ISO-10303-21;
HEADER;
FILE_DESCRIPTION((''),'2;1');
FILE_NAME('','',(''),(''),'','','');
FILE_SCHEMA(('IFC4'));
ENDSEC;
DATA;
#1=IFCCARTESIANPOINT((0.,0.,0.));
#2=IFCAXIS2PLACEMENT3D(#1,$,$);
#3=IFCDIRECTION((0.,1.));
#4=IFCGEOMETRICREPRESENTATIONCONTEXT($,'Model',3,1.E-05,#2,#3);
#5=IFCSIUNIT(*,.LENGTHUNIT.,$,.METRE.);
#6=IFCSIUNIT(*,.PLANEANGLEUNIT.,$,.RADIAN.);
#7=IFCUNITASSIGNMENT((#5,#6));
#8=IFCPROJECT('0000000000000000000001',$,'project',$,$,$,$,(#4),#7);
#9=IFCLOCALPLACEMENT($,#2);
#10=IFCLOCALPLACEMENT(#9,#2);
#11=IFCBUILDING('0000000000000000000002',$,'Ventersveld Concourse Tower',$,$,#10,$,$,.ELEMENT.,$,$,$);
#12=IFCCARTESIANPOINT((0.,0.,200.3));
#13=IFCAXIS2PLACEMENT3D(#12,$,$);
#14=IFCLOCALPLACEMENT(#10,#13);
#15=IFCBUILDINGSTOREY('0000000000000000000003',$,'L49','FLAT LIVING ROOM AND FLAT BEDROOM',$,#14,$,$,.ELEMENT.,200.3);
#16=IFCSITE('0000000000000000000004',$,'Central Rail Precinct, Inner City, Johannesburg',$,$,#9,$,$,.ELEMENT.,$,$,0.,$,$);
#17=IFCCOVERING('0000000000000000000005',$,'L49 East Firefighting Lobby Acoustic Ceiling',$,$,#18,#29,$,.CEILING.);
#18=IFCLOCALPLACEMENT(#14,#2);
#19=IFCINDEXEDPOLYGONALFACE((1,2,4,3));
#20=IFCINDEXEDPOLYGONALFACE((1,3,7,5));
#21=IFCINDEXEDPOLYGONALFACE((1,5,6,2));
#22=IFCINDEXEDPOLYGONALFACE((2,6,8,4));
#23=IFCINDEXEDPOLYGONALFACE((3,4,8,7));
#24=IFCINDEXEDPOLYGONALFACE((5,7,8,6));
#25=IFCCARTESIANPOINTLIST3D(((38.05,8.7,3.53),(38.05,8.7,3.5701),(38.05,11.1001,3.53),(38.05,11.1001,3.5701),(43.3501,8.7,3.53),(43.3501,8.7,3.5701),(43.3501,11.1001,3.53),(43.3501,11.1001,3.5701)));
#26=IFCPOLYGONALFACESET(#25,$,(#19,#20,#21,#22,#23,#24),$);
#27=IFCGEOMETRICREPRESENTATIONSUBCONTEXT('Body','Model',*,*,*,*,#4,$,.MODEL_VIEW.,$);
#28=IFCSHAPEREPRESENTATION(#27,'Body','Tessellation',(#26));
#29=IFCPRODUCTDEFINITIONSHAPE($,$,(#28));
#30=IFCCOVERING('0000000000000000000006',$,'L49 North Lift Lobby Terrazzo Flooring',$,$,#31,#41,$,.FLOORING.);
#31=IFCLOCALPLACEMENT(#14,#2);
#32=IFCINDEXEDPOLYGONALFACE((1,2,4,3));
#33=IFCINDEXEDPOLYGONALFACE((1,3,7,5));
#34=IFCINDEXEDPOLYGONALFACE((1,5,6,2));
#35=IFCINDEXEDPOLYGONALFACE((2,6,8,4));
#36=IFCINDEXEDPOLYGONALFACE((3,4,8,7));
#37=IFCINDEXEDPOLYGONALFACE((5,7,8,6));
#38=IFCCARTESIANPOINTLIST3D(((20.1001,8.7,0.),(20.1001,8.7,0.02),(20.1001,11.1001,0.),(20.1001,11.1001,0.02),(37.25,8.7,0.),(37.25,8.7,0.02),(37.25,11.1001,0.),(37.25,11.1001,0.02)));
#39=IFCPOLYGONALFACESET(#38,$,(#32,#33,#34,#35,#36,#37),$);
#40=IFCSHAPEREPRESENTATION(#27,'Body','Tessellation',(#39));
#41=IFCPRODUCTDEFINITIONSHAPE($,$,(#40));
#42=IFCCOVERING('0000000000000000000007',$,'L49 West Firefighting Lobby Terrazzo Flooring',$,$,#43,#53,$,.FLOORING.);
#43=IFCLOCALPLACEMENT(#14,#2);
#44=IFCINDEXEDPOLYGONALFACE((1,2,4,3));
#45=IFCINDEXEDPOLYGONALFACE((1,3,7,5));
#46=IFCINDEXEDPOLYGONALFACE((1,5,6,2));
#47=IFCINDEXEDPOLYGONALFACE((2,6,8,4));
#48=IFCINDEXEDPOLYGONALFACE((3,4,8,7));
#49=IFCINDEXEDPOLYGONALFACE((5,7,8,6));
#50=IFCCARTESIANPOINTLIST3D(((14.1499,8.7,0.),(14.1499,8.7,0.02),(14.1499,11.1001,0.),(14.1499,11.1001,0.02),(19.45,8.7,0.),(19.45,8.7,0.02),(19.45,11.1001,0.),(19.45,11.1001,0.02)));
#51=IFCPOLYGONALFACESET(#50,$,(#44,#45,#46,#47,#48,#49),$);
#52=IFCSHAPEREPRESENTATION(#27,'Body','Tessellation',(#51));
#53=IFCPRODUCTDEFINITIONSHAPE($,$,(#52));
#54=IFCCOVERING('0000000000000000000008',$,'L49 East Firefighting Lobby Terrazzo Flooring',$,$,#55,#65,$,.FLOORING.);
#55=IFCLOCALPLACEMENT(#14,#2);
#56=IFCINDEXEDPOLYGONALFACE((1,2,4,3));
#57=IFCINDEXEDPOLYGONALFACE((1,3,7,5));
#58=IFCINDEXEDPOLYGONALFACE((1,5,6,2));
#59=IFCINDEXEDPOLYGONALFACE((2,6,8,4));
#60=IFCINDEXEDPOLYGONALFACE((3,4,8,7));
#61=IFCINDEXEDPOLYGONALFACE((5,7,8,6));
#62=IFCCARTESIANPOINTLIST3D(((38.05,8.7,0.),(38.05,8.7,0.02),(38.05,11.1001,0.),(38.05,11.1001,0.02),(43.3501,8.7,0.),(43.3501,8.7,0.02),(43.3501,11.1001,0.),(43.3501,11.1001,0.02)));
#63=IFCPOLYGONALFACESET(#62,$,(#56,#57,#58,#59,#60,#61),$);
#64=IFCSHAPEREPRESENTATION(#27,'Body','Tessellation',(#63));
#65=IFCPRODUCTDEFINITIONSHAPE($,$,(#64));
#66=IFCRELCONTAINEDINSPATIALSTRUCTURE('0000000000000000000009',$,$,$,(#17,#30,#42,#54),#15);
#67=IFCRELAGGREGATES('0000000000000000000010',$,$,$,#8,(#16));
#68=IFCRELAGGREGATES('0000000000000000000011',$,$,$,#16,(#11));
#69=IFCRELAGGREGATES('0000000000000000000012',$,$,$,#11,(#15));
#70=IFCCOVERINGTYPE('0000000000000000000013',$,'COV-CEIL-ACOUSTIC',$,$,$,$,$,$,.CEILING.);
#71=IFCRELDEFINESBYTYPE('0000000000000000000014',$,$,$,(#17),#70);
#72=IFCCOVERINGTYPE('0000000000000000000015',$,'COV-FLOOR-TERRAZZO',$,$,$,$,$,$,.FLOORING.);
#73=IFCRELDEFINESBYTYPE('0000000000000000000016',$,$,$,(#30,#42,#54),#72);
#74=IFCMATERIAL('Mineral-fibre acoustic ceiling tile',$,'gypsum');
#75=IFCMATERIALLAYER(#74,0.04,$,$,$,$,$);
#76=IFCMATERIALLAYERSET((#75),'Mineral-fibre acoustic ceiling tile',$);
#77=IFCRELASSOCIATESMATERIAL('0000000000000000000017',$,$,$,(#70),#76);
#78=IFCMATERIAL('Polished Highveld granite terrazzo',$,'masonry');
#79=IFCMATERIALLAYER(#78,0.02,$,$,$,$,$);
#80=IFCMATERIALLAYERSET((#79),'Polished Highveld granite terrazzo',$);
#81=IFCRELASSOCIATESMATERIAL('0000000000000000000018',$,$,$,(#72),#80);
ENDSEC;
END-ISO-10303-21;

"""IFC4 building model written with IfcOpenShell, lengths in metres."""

from ifc_helpers import new_model, si_unit, direction, frame, origin, place, context, subcontext, project, spatial, polyline, outline, extrude, material, layer, layer_set, type_object, element, save


model = new_model("IFC4")

# Units and contexts
model_context = context("Model", 3, precision=1e-05, world=origin(), true_north=direction((0.0, 1.0)))
body_context = subcontext(model_context, "Body", "Model", "MODEL_VIEW")
ifc_project = project(units=[si_unit("LENGTHUNIT", "METRE"), si_unit("PLANEANGLEUNIT", "RADIAN")], contexts=[model_context])

# Site, building, storey
site_placement = place(None, origin())
site = spatial("IfcSite", under=ifc_project, at=site_placement, Name="Central Rail Precinct, Inner City, Johannesburg", CompositionType="ELEMENT", RefElevation=0.0)
building_placement = place(site_placement, origin())
building = spatial("IfcBuilding", under=site, at=building_placement, Name="Ventersveld Concourse Tower", CompositionType="ELEMENT")
storey_placement = place(building_placement, frame((0.0, 0.0, 200.3)))
storey = spatial("IfcBuildingStorey", under=building, at=storey_placement, Name="L49", Description="FLAT LIVING ROOM AND FLAT BEDROOM", CompositionType="ELEMENT", Elevation=200.3)

# Coverings
ifc_material_1 = material(Name="Mineral-fibre acoustic ceiling tile", Category="gypsum")
ifc_layer_1 = layer(ifc_material_1, 0.04)
ifc_layer_set_1 = layer_set([ifc_layer_1], Name="Mineral-fibre acoustic ceiling tile")
covering_type_1 = type_object("IfcCoveringType", Name="COV-CEIL-ACOUSTIC", PredefinedType="CEILING", material=ifc_layer_set_1)
covering_1_placement = place(storey_placement, frame((0.0, 0.0, 3.53)))
element("IfcCovering", 1, at=covering_1_placement, inside=storey, type_object=covering_type_1, Name="L49 East Firefighting Lobby Acoustic Ceiling", PredefinedType="CEILING", context=body_context, shape_type="SweptSolid", body=[
    extrude(outline(polyline([(38.05, 8.7), (43.3501, 8.7), (43.3501, 11.1001), (38.05, 11.1001), (38.05, 8.7)])), origin(), (0.0, 0.0, 1.0), 0.04),
])
ifc_material_2 = material(Name="Polished Highveld granite terrazzo", Category="masonry")
ifc_layer_2 = layer(ifc_material_2, 0.02)
ifc_layer_set_2 = layer_set([ifc_layer_2], Name="Polished Highveld granite terrazzo")
covering_type_2 = type_object("IfcCoveringType", Name="COV-FLOOR-TERRAZZO", PredefinedType="FLOORING", material=ifc_layer_set_2)
covering_2_placement = place(storey_placement, origin())
element("IfcCovering", 2, at=covering_2_placement, inside=storey, type_object=covering_type_2, Name="L49 North Lift Lobby Terrazzo Flooring", PredefinedType="FLOORING", context=body_context, shape_type="SweptSolid", body=[
    extrude(outline(polyline([(20.1001, 8.7), (37.25, 8.7), (37.25, 11.1001), (20.1001, 11.1001), (20.1001, 8.7)])), origin(), (0.0, 0.0, 1.0), 0.02),
])
covering_3_placement = place(storey_placement, origin())
element("IfcCovering", 3, at=covering_3_placement, inside=storey, type_object=covering_type_2, Name="L49 West Firefighting Lobby Terrazzo Flooring", PredefinedType="FLOORING", context=body_context, shape_type="SweptSolid", body=[
    extrude(outline(polyline([(14.1499, 8.7), (19.45, 8.7), (19.45, 11.1001), (14.1499, 11.1001), (14.1499, 8.7)])), origin(), (0.0, 0.0, 1.0), 0.02),
])
covering_4_placement = place(storey_placement, origin())
element("IfcCovering", 4, at=covering_4_placement, inside=storey, type_object=covering_type_2, Name="L49 East Firefighting Lobby Terrazzo Flooring", PredefinedType="FLOORING", context=body_context, shape_type="SweptSolid", body=[
    extrude(outline(polyline([(38.05, 8.7), (43.3501, 8.7), (43.3501, 11.1001), (38.05, 11.1001), (38.05, 8.7)])), origin(), (0.0, 0.0, 1.0), 0.02),
])

save(model, "model.ifc")
